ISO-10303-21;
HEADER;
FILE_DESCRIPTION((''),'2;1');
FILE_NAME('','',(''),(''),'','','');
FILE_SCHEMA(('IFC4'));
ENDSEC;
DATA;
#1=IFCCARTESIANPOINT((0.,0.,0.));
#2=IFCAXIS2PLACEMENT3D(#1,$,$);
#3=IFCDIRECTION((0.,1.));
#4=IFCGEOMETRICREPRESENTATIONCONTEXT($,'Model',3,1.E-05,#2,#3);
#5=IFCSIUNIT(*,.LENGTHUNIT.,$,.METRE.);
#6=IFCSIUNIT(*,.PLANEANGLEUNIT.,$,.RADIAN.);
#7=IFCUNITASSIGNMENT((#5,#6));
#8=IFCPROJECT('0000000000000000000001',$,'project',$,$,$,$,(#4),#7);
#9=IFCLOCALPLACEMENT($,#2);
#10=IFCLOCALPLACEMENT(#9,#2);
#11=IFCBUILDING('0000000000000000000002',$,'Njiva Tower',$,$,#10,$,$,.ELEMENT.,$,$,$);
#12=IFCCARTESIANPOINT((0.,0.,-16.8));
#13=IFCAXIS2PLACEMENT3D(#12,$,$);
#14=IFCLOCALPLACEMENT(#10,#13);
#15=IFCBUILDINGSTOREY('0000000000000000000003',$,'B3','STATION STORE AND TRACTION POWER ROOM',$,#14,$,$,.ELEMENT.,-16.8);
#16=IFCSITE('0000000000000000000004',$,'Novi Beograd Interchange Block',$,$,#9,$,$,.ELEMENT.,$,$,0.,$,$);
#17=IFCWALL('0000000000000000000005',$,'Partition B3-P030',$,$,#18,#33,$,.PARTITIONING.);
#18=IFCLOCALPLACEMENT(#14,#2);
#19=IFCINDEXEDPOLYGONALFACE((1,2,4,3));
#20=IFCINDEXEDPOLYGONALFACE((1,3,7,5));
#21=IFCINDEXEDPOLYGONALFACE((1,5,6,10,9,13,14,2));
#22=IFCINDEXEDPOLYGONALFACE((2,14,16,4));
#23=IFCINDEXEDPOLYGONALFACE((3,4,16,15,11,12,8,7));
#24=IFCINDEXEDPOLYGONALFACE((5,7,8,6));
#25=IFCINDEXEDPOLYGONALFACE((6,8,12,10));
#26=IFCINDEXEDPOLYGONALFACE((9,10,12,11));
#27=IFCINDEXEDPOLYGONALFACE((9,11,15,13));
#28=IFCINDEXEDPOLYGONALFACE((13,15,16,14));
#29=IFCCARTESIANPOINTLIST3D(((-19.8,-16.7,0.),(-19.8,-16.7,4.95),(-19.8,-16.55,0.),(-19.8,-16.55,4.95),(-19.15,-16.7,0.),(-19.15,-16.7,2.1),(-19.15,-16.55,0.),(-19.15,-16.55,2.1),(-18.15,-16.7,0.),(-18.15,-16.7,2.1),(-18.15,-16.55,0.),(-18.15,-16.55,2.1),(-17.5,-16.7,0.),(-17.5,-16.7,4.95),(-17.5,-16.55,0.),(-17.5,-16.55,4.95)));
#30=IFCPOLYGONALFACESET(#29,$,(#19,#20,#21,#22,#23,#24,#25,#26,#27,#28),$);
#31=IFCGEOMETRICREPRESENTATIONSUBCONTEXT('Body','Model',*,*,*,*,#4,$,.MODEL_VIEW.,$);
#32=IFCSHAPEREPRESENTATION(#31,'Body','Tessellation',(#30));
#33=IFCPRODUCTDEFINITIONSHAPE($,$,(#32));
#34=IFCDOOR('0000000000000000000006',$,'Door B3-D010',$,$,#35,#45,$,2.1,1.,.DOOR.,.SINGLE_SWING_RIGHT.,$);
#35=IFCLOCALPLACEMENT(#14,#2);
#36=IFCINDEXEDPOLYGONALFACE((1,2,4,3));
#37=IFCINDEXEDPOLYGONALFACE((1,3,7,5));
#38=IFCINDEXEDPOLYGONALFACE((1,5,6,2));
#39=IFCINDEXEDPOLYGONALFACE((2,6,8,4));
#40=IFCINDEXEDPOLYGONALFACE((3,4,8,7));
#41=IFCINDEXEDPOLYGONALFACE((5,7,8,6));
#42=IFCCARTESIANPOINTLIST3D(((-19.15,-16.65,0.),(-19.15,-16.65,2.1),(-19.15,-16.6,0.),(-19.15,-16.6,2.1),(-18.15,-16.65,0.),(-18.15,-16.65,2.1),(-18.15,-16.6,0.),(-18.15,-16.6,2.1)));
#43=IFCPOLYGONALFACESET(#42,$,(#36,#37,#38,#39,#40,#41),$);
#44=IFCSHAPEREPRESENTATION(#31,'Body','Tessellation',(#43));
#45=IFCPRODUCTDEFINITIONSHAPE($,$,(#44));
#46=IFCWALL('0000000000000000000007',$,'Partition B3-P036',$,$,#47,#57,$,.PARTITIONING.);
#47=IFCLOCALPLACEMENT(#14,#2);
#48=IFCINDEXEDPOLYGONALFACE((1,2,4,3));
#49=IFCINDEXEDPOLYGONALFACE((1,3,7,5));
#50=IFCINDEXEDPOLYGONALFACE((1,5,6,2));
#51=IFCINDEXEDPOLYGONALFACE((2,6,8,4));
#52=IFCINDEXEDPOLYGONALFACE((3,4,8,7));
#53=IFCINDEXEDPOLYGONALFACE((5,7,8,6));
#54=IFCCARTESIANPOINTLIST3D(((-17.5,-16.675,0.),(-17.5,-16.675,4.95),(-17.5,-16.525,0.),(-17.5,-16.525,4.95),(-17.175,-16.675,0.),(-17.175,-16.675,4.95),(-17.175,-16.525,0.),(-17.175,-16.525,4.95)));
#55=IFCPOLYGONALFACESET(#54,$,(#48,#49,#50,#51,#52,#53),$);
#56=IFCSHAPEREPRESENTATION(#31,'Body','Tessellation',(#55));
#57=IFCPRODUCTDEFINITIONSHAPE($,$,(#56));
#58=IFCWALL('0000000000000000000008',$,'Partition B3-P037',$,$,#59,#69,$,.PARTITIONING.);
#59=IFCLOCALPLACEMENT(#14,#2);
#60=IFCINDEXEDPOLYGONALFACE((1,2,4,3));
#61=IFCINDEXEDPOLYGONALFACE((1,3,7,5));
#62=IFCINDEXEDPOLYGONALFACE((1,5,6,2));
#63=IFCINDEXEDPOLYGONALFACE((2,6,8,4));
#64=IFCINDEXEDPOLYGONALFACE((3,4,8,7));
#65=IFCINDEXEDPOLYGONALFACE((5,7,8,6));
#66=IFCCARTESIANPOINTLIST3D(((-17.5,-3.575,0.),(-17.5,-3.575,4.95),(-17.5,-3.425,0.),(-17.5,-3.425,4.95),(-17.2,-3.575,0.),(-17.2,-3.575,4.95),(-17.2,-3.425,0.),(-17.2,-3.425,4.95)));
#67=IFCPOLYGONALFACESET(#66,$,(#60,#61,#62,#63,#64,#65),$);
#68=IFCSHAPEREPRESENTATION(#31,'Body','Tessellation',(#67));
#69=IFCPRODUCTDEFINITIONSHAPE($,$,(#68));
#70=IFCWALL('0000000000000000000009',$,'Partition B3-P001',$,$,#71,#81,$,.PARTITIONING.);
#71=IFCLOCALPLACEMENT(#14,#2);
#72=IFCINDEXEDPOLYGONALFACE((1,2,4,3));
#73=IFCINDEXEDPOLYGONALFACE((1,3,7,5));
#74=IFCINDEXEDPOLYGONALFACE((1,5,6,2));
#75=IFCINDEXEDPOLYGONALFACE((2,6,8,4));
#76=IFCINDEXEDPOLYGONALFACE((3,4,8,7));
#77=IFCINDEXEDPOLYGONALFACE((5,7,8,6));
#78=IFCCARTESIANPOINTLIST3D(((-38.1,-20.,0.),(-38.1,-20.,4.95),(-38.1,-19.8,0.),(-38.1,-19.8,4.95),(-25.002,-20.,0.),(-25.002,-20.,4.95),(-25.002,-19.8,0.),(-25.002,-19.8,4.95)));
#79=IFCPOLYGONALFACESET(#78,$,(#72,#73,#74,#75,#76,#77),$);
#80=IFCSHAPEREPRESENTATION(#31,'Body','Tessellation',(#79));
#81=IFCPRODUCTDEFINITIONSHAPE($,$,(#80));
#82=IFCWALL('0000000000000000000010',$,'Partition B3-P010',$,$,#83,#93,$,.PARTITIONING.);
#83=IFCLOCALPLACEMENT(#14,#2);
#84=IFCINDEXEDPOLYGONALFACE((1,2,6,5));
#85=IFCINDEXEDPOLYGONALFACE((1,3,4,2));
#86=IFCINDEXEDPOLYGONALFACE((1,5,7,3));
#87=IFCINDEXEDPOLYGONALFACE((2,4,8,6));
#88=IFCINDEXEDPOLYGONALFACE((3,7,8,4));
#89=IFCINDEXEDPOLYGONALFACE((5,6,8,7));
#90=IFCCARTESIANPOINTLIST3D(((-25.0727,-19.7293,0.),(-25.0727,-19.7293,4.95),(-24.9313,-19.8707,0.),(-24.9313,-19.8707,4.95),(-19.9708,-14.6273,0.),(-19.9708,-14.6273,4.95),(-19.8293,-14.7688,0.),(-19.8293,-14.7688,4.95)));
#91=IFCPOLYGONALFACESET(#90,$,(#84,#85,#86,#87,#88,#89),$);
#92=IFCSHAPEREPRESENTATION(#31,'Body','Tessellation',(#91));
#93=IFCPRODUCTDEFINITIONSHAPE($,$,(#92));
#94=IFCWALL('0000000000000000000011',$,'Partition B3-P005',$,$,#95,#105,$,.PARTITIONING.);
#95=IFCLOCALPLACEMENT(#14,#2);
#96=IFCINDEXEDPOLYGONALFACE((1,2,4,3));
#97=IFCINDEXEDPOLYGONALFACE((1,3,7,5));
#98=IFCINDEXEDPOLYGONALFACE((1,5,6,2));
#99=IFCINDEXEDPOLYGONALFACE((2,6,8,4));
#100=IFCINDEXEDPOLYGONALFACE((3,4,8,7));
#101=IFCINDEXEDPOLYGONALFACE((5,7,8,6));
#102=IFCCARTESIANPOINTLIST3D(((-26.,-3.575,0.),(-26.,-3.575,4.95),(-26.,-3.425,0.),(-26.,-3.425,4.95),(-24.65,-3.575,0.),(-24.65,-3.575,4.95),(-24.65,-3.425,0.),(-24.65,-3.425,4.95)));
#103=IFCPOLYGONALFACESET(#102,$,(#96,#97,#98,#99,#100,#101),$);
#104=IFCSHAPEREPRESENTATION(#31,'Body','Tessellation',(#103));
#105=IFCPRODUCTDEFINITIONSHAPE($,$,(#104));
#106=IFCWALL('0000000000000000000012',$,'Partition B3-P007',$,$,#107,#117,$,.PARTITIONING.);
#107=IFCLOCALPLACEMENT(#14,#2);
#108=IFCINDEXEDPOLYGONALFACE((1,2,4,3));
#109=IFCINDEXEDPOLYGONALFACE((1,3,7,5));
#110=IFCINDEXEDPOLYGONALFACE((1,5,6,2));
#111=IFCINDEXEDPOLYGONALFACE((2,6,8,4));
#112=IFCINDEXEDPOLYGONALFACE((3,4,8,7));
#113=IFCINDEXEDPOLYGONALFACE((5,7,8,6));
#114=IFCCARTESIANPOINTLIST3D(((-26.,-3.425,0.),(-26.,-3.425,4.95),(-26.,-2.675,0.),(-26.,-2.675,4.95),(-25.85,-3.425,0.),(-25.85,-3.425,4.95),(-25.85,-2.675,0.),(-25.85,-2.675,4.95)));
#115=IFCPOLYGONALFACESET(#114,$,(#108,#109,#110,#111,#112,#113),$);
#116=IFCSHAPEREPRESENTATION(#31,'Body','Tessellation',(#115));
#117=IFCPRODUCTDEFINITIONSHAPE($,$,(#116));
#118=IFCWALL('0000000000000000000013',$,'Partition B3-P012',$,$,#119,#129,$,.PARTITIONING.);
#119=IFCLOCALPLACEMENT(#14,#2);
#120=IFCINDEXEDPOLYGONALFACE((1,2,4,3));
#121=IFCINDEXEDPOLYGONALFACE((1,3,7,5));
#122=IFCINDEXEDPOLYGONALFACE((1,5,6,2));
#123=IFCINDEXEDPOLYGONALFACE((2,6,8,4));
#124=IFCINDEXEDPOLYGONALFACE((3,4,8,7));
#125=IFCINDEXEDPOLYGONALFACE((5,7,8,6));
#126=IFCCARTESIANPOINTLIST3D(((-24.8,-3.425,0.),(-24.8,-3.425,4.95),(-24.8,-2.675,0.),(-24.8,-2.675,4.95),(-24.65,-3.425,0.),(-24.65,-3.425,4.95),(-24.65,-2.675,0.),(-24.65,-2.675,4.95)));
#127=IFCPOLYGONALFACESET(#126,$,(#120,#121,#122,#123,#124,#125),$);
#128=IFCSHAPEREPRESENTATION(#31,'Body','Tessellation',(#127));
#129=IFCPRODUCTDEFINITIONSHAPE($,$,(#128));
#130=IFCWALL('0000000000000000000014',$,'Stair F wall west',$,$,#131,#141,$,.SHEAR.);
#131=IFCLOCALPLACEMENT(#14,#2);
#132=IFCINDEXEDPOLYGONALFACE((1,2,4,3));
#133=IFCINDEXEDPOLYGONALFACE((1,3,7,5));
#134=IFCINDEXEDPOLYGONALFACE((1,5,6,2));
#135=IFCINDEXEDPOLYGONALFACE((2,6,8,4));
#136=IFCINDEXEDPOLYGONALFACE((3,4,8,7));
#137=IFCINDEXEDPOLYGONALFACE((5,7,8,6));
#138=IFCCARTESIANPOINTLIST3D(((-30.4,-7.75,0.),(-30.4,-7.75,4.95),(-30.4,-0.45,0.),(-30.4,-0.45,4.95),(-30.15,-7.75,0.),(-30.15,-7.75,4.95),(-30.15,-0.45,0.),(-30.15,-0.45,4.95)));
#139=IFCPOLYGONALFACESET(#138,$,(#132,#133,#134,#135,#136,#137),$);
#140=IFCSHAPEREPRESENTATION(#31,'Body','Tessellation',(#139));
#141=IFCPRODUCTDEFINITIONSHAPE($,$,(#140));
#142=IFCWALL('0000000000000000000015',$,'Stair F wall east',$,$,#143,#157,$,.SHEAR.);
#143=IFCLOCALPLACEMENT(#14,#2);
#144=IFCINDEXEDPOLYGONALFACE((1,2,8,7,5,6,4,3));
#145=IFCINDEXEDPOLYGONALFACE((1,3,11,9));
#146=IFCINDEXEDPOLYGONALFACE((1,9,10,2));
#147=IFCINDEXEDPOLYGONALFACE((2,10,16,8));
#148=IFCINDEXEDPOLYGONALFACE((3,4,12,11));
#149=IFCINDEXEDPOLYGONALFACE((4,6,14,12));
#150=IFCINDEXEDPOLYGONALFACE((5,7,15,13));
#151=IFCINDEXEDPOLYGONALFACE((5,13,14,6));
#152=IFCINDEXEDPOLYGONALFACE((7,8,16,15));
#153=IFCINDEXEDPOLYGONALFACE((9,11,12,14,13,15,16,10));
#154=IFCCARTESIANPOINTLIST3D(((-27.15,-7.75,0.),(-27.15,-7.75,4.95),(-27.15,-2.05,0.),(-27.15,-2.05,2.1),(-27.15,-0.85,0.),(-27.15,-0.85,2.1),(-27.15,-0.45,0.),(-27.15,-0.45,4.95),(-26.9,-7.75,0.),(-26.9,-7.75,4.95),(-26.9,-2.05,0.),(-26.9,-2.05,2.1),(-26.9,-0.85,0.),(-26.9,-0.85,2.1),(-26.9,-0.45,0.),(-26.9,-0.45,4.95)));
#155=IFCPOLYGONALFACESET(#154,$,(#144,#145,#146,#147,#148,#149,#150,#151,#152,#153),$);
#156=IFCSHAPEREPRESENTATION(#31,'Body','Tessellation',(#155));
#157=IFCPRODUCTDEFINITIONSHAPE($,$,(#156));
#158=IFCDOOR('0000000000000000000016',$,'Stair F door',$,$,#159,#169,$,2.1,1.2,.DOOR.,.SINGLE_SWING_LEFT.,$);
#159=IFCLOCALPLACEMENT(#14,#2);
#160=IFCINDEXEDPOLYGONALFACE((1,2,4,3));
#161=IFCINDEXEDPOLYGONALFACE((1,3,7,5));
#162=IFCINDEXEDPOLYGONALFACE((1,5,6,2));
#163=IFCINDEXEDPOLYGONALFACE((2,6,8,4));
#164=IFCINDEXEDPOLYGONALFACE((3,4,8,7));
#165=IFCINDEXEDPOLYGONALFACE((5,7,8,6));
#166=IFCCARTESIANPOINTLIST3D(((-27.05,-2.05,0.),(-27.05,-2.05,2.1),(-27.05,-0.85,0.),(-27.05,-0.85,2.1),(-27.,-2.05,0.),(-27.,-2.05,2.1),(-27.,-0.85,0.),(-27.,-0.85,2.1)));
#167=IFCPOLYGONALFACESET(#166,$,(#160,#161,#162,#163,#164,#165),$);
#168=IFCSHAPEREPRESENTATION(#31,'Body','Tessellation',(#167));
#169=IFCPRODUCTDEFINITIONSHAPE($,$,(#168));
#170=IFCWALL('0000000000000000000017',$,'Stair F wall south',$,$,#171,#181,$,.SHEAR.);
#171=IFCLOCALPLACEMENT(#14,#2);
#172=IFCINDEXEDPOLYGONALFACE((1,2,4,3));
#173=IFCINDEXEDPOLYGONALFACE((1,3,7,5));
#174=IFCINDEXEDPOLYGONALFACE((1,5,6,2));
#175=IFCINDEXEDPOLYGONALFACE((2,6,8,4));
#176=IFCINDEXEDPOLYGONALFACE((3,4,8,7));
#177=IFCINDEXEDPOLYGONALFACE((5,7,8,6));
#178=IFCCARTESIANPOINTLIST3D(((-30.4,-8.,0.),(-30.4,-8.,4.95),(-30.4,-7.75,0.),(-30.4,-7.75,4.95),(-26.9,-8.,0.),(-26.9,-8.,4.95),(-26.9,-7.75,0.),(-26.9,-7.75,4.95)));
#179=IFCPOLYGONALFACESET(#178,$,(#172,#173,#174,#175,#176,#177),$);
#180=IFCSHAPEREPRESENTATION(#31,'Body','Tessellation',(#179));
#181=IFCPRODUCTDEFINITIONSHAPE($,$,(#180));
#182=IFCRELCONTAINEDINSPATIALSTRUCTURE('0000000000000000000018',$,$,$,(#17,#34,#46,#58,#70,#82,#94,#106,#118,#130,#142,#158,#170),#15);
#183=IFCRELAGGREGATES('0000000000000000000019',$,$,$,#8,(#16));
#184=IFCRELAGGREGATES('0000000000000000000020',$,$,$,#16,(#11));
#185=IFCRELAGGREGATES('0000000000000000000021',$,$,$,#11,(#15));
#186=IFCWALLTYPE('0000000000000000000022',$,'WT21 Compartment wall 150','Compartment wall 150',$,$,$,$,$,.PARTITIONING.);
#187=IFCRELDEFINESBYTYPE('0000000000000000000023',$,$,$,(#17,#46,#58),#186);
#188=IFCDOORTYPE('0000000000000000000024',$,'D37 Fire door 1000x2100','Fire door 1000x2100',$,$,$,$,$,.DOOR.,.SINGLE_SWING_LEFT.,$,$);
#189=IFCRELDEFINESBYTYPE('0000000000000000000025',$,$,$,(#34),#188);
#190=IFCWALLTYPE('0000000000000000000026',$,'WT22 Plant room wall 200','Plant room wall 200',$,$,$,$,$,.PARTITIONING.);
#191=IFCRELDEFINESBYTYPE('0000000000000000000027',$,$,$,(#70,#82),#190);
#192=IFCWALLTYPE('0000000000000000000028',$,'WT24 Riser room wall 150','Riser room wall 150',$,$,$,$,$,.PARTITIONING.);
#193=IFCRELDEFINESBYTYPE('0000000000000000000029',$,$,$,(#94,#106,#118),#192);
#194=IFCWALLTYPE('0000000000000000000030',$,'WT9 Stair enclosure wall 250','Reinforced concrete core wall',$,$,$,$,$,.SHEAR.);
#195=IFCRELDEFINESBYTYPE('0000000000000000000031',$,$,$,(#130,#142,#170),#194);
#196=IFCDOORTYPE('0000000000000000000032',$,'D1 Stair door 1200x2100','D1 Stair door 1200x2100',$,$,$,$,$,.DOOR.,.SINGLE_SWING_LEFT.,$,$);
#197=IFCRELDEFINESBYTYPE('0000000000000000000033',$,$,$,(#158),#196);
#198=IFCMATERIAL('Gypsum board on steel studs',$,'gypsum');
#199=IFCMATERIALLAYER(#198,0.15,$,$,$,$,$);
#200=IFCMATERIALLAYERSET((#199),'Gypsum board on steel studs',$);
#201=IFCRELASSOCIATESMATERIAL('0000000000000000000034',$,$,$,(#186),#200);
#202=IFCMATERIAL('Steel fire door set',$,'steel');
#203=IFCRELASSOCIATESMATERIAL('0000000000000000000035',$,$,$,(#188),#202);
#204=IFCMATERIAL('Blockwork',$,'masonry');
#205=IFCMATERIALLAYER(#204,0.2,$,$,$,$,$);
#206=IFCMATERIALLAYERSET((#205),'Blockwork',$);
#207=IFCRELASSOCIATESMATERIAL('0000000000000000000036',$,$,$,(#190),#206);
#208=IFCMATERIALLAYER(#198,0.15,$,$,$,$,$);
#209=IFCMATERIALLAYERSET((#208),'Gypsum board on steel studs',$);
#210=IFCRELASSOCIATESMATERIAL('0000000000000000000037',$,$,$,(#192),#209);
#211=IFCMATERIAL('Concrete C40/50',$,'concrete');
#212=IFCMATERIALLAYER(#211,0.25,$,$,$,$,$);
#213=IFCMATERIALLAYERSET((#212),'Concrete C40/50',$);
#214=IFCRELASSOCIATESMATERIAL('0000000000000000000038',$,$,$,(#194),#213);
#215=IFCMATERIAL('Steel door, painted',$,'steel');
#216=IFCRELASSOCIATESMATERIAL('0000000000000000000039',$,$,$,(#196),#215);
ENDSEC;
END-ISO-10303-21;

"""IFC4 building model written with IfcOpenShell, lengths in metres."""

from ifc_helpers import new_model, si_unit, direction, frame, frame_2d, origin, place, context, subcontext, project, spatial, rectangle, extrude, material, layer, layer_set, type_object, element, fill, save


model = new_model("IFC4")

# Units and contexts
model_context = context("Model", 3, precision=1e-05, world=origin(), true_north=direction((0.0, 1.0)))
body_context = subcontext(model_context, "Body", "Model", "MODEL_VIEW")
ifc_project = project(units=[si_unit("LENGTHUNIT", "METRE"), si_unit("PLANEANGLEUNIT", "RADIAN")], contexts=[model_context])

# Site, building, storey
site_placement = place(None, origin())
site = spatial("IfcSite", under=ifc_project, at=site_placement, Name="Novi Beograd Interchange Block", CompositionType="ELEMENT", RefElevation=0.0)
building_placement = place(site_placement, origin())
building = spatial("IfcBuilding", under=site, at=building_placement, Name="Njiva Tower", CompositionType="ELEMENT")
storey_placement = place(building_placement, frame((0.0, 0.0, -16.8)))
storey = spatial("IfcBuildingStorey", under=building, at=storey_placement, Name="B3", Description="STATION STORE AND TRACTION POWER ROOM", CompositionType="ELEMENT", Elevation=-16.8)

# Shared definitions
ifc_material_1 = material(Name="Gypsum board on steel studs", Category="gypsum")
ifc_layer_1 = layer(ifc_material_1, 0.15)
ifc_layer_set_1 = layer_set([ifc_layer_1], Name="Gypsum board on steel studs")
wall_type_1 = type_object("IfcWallType", Name="WT21 Compartment wall 150", Description="Compartment wall 150", PredefinedType="PARTITIONING", material=ifc_layer_set_1)

# Shared definitions
ifc_material_2 = material(Name="Steel fire door set", Category="steel")

# Wall, opening, door
door_type_1 = type_object("IfcDoorType", Name="D37 Fire door 1000x2100", Description="Fire door 1000x2100", OperationType="SINGLE_SWING_LEFT", PredefinedType="DOOR", material=ifc_material_2)
wall_1_placement = place(storey_placement, frame((-19.8, -16.625, 0.0), z_axis=(0.0, 0.0, 1.0), x_axis=(1.0, 0.0, 0.0)))
wall_1 = element("IfcWall", 1, at=wall_1_placement, inside=storey, type_object=wall_type_1, Name="Partition B3-P030", PredefinedType="PARTITIONING", context=body_context, shape_type="SweptSolid", body=[
    extrude(rectangle(XDim=2.3, YDim=0.15, at=frame_2d((1.15, 0.0))), origin(), (0.0, 0.0, 1.0), 4.95),
])
opening_1_placement = place(wall_1_placement, frame((0.65, 0.0, 0.0)))
opening_1 = element("IfcOpeningElement", 2, at=opening_1_placement, cuts=wall_1, PredefinedType="OPENING", context=body_context, shape_type="SweptSolid", body=[
    extrude(rectangle(XDim=1.0, YDim=2.1, at=frame_2d((0.5, 1.05))), frame((0.0, 0.085, 0.0), z_axis=(0.0, -1.0, 0.0), x_axis=(1.0, 0.0, 0.0)), (0.0, 0.0, 1.0), 0.17),
])
door_1_placement = place(opening_1_placement, origin())
door_1 = element("IfcDoor", 3, at=door_1_placement, inside=storey, type_object=door_type_1, Name="Door B3-D010", OperationType="SINGLE_SWING_RIGHT", OverallHeight=2.1, OverallWidth=1.0, PredefinedType="DOOR", context=body_context, shape_type="SweptSolid", body=[
    extrude(rectangle(XDim=1.0, YDim=2.1, at=frame_2d((0.5, 1.05))), frame((0.0, 0.025, 0.0), z_axis=(0.0, -1.0, 0.0), x_axis=(1.0, 0.0, 0.0)), (0.0, 0.0, 1.0), 0.05),
])
fill(opening_1, door_1)

# Walls
wall_2_placement = place(storey_placement, frame((-17.5, -16.6, 0.0), z_axis=(0.0, 0.0, 1.0), x_axis=(1.0, 0.0, 0.0)))
element("IfcWall", 4, at=wall_2_placement, inside=storey, type_object=wall_type_1, Name="Partition B3-P036", PredefinedType="PARTITIONING", context=body_context, shape_type="SweptSolid", body=[
    extrude(rectangle(XDim=0.325, YDim=0.15, at=frame_2d((0.1625, 0.0))), origin(), (0.0, 0.0, 1.0), 4.95),
])
wall_3_placement = place(storey_placement, frame((-17.5, -3.5, 0.0), z_axis=(0.0, 0.0, 1.0), x_axis=(1.0, 0.0, 0.0)))
element("IfcWall", 5, at=wall_3_placement, inside=storey, type_object=wall_type_1, Name="Partition B3-P037", PredefinedType="PARTITIONING", context=body_context, shape_type="SweptSolid", body=[
    extrude(rectangle(XDim=0.3, YDim=0.15, at=frame_2d((0.15, 0.0))), origin(), (0.0, 0.0, 1.0), 4.95),
])
ifc_material_3 = material(Name="Blockwork", Category="masonry")
ifc_layer_2 = layer(ifc_material_3, 0.2)
ifc_layer_set_2 = layer_set([ifc_layer_2], Name="Blockwork")
wall_type_2 = type_object("IfcWallType", Name="WT22 Plant room wall 200", Description="Plant room wall 200", PredefinedType="PARTITIONING", material=ifc_layer_set_2)
wall_4_placement = place(storey_placement, frame((-38.1, -19.9, 0.0), z_axis=(0.0, 0.0, 1.0), x_axis=(1.0, 0.0, 0.0)))
element("IfcWall", 6, at=wall_4_placement, inside=storey, type_object=wall_type_2, Name="Partition B3-P001", PredefinedType="PARTITIONING", context=body_context, shape_type="SweptSolid", body=[
    extrude(rectangle(XDim=13.098, YDim=0.2, at=frame_2d((6.549, 0.0))), origin(), (0.0, 0.0, 1.0), 4.95),
])
wall_5_placement = place(storey_placement, frame((-25.002, -19.8, 0.0), z_axis=(0.0, 0.0, 1.0), x_axis=(0.707107, 0.707107, 0.0)))
element("IfcWall", 7, at=wall_5_placement, inside=storey, type_object=wall_type_2, Name="Partition B3-P010", PredefinedType="PARTITIONING", context=body_context, shape_type="SweptSolid", body=[
    extrude(rectangle(XDim=7.2153, YDim=0.2, at=frame_2d((3.6076, 0.0))), origin(), (0.0, 0.0, 1.0), 4.95),
])
ifc_layer_3 = layer(ifc_material_1, 0.15)
ifc_layer_set_3 = layer_set([ifc_layer_3], Name="Gypsum board on steel studs")
wall_type_3 = type_object("IfcWallType", Name="WT24 Riser room wall 150", Description="Riser room wall 150", PredefinedType="PARTITIONING", material=ifc_layer_set_3)
wall_6_placement = place(storey_placement, frame((-26.0, -3.5, 0.0), z_axis=(0.0, 0.0, 1.0), x_axis=(1.0, 0.0, 0.0)))
element("IfcWall", 8, at=wall_6_placement, inside=storey, type_object=wall_type_3, Name="Partition B3-P005", PredefinedType="PARTITIONING", context=body_context, shape_type="SweptSolid", body=[
    extrude(rectangle(XDim=1.35, YDim=0.15, at=frame_2d((0.675, 0.0))), origin(), (0.0, 0.0, 1.0), 4.95),
])
for number, where, z_axis, x_axis, name in (
    (9, (-25.925, -3.425, 0.0), (0.0, 0.0, 1.0), (0.0, 1.0, 0.0), "Partition B3-P007"),
    (10, (-24.725, -3.425, 0.0), (0.0, 0.0, 1.0), (0.0, 1.0, 0.0), "Partition B3-P012"),
):
    element("IfcWall", number, at=place(storey_placement, frame(where, z_axis=z_axis, x_axis=x_axis)), inside=storey, type_object=wall_type_3, Name=name, PredefinedType="PARTITIONING", context=body_context, shape_type="SweptSolid", body=[
        extrude(rectangle(XDim=0.75, YDim=0.15, at=frame_2d((0.375, 0.0))), origin(), (0.0, 0.0, 1.0), 4.95),
    ])
ifc_material_4 = material(Name="Concrete C40/50", Category="concrete")
ifc_layer_4 = layer(ifc_material_4, 0.25)
ifc_layer_set_4 = layer_set([ifc_layer_4], Name="Concrete C40/50")
wall_type_4 = type_object("IfcWallType", Name="WT9 Stair enclosure wall 250", Description="Reinforced concrete core wall", PredefinedType="SHEAR", material=ifc_layer_set_4)
wall_7_placement = place(storey_placement, frame((-30.275, -7.75, 0.0), z_axis=(0.0, 0.0, 1.0), x_axis=(0.0, 1.0, 0.0)))
element("IfcWall", 11, at=wall_7_placement, inside=storey, type_object=wall_type_4, Name="Stair F wall west", PredefinedType="SHEAR", context=body_context, shape_type="SweptSolid", body=[
    extrude(rectangle(XDim=7.3, YDim=0.25, at=frame_2d((3.65, 0.0))), origin(), (0.0, 0.0, 1.0), 4.95),
])

# Wall, opening, door
wall_8_placement = place(storey_placement, frame((-27.025, -7.75, 0.0), z_axis=(0.0, 0.0, 1.0), x_axis=(0.0, 1.0, 0.0)))
wall_8 = element("IfcWall", 12, at=wall_8_placement, inside=storey, type_object=wall_type_4, Name="Stair F wall east", PredefinedType="SHEAR", context=body_context, shape_type="SweptSolid", body=[
    extrude(rectangle(XDim=7.3, YDim=0.25, at=frame_2d((3.65, 0.0))), origin(), (0.0, 0.0, 1.0), 4.95),
])
opening_2_placement = place(wall_8_placement, frame((5.7, 0.0, 0.0)))
opening_2 = element("IfcOpeningElement", 13, at=opening_2_placement, cuts=wall_8, PredefinedType="OPENING", context=body_context, shape_type="SweptSolid", body=[
    extrude(rectangle(XDim=1.2, YDim=2.1, at=frame_2d((0.6, 1.05))), frame((0.0, 0.135, 0.0), z_axis=(0.0, -1.0, 0.0), x_axis=(1.0, 0.0, 0.0)), (0.0, 0.0, 1.0), 0.27),
])
ifc_material_5 = material(Name="Steel door, painted", Category="steel")
door_type_2 = type_object("IfcDoorType", Name="D1 Stair door 1200x2100", Description="D1 Stair door 1200x2100", OperationType="SINGLE_SWING_LEFT", PredefinedType="DOOR", material=ifc_material_5)
door_2_placement = place(opening_2_placement, origin())
door_2 = element("IfcDoor", 14, at=door_2_placement, inside=storey, type_object=door_type_2, Name="Stair F door", OperationType="SINGLE_SWING_LEFT", OverallHeight=2.1, OverallWidth=1.2, PredefinedType="DOOR", context=body_context, shape_type="SweptSolid", body=[
    extrude(rectangle(XDim=1.2, YDim=2.1, at=frame_2d((0.6, 1.05))), frame((0.0, 0.025, 0.0), z_axis=(0.0, -1.0, 0.0), x_axis=(1.0, 0.0, 0.0)), (0.0, 0.0, 1.0), 0.05),
])
fill(opening_2, door_2)

# Wall
wall_9_placement = place(storey_placement, frame((-30.4, -7.875, 0.0), z_axis=(0.0, 0.0, 1.0), x_axis=(1.0, 0.0, 0.0)))
element("IfcWall", 15, at=wall_9_placement, inside=storey, type_object=wall_type_4, Name="Stair F wall south", PredefinedType="SHEAR", context=body_context, shape_type="SweptSolid", body=[
    extrude(rectangle(XDim=3.5, YDim=0.25, at=frame_2d((1.75, 0.0))), origin(), (0.0, 0.0, 1.0), 4.95),
])

save(model, "model.ifc")
